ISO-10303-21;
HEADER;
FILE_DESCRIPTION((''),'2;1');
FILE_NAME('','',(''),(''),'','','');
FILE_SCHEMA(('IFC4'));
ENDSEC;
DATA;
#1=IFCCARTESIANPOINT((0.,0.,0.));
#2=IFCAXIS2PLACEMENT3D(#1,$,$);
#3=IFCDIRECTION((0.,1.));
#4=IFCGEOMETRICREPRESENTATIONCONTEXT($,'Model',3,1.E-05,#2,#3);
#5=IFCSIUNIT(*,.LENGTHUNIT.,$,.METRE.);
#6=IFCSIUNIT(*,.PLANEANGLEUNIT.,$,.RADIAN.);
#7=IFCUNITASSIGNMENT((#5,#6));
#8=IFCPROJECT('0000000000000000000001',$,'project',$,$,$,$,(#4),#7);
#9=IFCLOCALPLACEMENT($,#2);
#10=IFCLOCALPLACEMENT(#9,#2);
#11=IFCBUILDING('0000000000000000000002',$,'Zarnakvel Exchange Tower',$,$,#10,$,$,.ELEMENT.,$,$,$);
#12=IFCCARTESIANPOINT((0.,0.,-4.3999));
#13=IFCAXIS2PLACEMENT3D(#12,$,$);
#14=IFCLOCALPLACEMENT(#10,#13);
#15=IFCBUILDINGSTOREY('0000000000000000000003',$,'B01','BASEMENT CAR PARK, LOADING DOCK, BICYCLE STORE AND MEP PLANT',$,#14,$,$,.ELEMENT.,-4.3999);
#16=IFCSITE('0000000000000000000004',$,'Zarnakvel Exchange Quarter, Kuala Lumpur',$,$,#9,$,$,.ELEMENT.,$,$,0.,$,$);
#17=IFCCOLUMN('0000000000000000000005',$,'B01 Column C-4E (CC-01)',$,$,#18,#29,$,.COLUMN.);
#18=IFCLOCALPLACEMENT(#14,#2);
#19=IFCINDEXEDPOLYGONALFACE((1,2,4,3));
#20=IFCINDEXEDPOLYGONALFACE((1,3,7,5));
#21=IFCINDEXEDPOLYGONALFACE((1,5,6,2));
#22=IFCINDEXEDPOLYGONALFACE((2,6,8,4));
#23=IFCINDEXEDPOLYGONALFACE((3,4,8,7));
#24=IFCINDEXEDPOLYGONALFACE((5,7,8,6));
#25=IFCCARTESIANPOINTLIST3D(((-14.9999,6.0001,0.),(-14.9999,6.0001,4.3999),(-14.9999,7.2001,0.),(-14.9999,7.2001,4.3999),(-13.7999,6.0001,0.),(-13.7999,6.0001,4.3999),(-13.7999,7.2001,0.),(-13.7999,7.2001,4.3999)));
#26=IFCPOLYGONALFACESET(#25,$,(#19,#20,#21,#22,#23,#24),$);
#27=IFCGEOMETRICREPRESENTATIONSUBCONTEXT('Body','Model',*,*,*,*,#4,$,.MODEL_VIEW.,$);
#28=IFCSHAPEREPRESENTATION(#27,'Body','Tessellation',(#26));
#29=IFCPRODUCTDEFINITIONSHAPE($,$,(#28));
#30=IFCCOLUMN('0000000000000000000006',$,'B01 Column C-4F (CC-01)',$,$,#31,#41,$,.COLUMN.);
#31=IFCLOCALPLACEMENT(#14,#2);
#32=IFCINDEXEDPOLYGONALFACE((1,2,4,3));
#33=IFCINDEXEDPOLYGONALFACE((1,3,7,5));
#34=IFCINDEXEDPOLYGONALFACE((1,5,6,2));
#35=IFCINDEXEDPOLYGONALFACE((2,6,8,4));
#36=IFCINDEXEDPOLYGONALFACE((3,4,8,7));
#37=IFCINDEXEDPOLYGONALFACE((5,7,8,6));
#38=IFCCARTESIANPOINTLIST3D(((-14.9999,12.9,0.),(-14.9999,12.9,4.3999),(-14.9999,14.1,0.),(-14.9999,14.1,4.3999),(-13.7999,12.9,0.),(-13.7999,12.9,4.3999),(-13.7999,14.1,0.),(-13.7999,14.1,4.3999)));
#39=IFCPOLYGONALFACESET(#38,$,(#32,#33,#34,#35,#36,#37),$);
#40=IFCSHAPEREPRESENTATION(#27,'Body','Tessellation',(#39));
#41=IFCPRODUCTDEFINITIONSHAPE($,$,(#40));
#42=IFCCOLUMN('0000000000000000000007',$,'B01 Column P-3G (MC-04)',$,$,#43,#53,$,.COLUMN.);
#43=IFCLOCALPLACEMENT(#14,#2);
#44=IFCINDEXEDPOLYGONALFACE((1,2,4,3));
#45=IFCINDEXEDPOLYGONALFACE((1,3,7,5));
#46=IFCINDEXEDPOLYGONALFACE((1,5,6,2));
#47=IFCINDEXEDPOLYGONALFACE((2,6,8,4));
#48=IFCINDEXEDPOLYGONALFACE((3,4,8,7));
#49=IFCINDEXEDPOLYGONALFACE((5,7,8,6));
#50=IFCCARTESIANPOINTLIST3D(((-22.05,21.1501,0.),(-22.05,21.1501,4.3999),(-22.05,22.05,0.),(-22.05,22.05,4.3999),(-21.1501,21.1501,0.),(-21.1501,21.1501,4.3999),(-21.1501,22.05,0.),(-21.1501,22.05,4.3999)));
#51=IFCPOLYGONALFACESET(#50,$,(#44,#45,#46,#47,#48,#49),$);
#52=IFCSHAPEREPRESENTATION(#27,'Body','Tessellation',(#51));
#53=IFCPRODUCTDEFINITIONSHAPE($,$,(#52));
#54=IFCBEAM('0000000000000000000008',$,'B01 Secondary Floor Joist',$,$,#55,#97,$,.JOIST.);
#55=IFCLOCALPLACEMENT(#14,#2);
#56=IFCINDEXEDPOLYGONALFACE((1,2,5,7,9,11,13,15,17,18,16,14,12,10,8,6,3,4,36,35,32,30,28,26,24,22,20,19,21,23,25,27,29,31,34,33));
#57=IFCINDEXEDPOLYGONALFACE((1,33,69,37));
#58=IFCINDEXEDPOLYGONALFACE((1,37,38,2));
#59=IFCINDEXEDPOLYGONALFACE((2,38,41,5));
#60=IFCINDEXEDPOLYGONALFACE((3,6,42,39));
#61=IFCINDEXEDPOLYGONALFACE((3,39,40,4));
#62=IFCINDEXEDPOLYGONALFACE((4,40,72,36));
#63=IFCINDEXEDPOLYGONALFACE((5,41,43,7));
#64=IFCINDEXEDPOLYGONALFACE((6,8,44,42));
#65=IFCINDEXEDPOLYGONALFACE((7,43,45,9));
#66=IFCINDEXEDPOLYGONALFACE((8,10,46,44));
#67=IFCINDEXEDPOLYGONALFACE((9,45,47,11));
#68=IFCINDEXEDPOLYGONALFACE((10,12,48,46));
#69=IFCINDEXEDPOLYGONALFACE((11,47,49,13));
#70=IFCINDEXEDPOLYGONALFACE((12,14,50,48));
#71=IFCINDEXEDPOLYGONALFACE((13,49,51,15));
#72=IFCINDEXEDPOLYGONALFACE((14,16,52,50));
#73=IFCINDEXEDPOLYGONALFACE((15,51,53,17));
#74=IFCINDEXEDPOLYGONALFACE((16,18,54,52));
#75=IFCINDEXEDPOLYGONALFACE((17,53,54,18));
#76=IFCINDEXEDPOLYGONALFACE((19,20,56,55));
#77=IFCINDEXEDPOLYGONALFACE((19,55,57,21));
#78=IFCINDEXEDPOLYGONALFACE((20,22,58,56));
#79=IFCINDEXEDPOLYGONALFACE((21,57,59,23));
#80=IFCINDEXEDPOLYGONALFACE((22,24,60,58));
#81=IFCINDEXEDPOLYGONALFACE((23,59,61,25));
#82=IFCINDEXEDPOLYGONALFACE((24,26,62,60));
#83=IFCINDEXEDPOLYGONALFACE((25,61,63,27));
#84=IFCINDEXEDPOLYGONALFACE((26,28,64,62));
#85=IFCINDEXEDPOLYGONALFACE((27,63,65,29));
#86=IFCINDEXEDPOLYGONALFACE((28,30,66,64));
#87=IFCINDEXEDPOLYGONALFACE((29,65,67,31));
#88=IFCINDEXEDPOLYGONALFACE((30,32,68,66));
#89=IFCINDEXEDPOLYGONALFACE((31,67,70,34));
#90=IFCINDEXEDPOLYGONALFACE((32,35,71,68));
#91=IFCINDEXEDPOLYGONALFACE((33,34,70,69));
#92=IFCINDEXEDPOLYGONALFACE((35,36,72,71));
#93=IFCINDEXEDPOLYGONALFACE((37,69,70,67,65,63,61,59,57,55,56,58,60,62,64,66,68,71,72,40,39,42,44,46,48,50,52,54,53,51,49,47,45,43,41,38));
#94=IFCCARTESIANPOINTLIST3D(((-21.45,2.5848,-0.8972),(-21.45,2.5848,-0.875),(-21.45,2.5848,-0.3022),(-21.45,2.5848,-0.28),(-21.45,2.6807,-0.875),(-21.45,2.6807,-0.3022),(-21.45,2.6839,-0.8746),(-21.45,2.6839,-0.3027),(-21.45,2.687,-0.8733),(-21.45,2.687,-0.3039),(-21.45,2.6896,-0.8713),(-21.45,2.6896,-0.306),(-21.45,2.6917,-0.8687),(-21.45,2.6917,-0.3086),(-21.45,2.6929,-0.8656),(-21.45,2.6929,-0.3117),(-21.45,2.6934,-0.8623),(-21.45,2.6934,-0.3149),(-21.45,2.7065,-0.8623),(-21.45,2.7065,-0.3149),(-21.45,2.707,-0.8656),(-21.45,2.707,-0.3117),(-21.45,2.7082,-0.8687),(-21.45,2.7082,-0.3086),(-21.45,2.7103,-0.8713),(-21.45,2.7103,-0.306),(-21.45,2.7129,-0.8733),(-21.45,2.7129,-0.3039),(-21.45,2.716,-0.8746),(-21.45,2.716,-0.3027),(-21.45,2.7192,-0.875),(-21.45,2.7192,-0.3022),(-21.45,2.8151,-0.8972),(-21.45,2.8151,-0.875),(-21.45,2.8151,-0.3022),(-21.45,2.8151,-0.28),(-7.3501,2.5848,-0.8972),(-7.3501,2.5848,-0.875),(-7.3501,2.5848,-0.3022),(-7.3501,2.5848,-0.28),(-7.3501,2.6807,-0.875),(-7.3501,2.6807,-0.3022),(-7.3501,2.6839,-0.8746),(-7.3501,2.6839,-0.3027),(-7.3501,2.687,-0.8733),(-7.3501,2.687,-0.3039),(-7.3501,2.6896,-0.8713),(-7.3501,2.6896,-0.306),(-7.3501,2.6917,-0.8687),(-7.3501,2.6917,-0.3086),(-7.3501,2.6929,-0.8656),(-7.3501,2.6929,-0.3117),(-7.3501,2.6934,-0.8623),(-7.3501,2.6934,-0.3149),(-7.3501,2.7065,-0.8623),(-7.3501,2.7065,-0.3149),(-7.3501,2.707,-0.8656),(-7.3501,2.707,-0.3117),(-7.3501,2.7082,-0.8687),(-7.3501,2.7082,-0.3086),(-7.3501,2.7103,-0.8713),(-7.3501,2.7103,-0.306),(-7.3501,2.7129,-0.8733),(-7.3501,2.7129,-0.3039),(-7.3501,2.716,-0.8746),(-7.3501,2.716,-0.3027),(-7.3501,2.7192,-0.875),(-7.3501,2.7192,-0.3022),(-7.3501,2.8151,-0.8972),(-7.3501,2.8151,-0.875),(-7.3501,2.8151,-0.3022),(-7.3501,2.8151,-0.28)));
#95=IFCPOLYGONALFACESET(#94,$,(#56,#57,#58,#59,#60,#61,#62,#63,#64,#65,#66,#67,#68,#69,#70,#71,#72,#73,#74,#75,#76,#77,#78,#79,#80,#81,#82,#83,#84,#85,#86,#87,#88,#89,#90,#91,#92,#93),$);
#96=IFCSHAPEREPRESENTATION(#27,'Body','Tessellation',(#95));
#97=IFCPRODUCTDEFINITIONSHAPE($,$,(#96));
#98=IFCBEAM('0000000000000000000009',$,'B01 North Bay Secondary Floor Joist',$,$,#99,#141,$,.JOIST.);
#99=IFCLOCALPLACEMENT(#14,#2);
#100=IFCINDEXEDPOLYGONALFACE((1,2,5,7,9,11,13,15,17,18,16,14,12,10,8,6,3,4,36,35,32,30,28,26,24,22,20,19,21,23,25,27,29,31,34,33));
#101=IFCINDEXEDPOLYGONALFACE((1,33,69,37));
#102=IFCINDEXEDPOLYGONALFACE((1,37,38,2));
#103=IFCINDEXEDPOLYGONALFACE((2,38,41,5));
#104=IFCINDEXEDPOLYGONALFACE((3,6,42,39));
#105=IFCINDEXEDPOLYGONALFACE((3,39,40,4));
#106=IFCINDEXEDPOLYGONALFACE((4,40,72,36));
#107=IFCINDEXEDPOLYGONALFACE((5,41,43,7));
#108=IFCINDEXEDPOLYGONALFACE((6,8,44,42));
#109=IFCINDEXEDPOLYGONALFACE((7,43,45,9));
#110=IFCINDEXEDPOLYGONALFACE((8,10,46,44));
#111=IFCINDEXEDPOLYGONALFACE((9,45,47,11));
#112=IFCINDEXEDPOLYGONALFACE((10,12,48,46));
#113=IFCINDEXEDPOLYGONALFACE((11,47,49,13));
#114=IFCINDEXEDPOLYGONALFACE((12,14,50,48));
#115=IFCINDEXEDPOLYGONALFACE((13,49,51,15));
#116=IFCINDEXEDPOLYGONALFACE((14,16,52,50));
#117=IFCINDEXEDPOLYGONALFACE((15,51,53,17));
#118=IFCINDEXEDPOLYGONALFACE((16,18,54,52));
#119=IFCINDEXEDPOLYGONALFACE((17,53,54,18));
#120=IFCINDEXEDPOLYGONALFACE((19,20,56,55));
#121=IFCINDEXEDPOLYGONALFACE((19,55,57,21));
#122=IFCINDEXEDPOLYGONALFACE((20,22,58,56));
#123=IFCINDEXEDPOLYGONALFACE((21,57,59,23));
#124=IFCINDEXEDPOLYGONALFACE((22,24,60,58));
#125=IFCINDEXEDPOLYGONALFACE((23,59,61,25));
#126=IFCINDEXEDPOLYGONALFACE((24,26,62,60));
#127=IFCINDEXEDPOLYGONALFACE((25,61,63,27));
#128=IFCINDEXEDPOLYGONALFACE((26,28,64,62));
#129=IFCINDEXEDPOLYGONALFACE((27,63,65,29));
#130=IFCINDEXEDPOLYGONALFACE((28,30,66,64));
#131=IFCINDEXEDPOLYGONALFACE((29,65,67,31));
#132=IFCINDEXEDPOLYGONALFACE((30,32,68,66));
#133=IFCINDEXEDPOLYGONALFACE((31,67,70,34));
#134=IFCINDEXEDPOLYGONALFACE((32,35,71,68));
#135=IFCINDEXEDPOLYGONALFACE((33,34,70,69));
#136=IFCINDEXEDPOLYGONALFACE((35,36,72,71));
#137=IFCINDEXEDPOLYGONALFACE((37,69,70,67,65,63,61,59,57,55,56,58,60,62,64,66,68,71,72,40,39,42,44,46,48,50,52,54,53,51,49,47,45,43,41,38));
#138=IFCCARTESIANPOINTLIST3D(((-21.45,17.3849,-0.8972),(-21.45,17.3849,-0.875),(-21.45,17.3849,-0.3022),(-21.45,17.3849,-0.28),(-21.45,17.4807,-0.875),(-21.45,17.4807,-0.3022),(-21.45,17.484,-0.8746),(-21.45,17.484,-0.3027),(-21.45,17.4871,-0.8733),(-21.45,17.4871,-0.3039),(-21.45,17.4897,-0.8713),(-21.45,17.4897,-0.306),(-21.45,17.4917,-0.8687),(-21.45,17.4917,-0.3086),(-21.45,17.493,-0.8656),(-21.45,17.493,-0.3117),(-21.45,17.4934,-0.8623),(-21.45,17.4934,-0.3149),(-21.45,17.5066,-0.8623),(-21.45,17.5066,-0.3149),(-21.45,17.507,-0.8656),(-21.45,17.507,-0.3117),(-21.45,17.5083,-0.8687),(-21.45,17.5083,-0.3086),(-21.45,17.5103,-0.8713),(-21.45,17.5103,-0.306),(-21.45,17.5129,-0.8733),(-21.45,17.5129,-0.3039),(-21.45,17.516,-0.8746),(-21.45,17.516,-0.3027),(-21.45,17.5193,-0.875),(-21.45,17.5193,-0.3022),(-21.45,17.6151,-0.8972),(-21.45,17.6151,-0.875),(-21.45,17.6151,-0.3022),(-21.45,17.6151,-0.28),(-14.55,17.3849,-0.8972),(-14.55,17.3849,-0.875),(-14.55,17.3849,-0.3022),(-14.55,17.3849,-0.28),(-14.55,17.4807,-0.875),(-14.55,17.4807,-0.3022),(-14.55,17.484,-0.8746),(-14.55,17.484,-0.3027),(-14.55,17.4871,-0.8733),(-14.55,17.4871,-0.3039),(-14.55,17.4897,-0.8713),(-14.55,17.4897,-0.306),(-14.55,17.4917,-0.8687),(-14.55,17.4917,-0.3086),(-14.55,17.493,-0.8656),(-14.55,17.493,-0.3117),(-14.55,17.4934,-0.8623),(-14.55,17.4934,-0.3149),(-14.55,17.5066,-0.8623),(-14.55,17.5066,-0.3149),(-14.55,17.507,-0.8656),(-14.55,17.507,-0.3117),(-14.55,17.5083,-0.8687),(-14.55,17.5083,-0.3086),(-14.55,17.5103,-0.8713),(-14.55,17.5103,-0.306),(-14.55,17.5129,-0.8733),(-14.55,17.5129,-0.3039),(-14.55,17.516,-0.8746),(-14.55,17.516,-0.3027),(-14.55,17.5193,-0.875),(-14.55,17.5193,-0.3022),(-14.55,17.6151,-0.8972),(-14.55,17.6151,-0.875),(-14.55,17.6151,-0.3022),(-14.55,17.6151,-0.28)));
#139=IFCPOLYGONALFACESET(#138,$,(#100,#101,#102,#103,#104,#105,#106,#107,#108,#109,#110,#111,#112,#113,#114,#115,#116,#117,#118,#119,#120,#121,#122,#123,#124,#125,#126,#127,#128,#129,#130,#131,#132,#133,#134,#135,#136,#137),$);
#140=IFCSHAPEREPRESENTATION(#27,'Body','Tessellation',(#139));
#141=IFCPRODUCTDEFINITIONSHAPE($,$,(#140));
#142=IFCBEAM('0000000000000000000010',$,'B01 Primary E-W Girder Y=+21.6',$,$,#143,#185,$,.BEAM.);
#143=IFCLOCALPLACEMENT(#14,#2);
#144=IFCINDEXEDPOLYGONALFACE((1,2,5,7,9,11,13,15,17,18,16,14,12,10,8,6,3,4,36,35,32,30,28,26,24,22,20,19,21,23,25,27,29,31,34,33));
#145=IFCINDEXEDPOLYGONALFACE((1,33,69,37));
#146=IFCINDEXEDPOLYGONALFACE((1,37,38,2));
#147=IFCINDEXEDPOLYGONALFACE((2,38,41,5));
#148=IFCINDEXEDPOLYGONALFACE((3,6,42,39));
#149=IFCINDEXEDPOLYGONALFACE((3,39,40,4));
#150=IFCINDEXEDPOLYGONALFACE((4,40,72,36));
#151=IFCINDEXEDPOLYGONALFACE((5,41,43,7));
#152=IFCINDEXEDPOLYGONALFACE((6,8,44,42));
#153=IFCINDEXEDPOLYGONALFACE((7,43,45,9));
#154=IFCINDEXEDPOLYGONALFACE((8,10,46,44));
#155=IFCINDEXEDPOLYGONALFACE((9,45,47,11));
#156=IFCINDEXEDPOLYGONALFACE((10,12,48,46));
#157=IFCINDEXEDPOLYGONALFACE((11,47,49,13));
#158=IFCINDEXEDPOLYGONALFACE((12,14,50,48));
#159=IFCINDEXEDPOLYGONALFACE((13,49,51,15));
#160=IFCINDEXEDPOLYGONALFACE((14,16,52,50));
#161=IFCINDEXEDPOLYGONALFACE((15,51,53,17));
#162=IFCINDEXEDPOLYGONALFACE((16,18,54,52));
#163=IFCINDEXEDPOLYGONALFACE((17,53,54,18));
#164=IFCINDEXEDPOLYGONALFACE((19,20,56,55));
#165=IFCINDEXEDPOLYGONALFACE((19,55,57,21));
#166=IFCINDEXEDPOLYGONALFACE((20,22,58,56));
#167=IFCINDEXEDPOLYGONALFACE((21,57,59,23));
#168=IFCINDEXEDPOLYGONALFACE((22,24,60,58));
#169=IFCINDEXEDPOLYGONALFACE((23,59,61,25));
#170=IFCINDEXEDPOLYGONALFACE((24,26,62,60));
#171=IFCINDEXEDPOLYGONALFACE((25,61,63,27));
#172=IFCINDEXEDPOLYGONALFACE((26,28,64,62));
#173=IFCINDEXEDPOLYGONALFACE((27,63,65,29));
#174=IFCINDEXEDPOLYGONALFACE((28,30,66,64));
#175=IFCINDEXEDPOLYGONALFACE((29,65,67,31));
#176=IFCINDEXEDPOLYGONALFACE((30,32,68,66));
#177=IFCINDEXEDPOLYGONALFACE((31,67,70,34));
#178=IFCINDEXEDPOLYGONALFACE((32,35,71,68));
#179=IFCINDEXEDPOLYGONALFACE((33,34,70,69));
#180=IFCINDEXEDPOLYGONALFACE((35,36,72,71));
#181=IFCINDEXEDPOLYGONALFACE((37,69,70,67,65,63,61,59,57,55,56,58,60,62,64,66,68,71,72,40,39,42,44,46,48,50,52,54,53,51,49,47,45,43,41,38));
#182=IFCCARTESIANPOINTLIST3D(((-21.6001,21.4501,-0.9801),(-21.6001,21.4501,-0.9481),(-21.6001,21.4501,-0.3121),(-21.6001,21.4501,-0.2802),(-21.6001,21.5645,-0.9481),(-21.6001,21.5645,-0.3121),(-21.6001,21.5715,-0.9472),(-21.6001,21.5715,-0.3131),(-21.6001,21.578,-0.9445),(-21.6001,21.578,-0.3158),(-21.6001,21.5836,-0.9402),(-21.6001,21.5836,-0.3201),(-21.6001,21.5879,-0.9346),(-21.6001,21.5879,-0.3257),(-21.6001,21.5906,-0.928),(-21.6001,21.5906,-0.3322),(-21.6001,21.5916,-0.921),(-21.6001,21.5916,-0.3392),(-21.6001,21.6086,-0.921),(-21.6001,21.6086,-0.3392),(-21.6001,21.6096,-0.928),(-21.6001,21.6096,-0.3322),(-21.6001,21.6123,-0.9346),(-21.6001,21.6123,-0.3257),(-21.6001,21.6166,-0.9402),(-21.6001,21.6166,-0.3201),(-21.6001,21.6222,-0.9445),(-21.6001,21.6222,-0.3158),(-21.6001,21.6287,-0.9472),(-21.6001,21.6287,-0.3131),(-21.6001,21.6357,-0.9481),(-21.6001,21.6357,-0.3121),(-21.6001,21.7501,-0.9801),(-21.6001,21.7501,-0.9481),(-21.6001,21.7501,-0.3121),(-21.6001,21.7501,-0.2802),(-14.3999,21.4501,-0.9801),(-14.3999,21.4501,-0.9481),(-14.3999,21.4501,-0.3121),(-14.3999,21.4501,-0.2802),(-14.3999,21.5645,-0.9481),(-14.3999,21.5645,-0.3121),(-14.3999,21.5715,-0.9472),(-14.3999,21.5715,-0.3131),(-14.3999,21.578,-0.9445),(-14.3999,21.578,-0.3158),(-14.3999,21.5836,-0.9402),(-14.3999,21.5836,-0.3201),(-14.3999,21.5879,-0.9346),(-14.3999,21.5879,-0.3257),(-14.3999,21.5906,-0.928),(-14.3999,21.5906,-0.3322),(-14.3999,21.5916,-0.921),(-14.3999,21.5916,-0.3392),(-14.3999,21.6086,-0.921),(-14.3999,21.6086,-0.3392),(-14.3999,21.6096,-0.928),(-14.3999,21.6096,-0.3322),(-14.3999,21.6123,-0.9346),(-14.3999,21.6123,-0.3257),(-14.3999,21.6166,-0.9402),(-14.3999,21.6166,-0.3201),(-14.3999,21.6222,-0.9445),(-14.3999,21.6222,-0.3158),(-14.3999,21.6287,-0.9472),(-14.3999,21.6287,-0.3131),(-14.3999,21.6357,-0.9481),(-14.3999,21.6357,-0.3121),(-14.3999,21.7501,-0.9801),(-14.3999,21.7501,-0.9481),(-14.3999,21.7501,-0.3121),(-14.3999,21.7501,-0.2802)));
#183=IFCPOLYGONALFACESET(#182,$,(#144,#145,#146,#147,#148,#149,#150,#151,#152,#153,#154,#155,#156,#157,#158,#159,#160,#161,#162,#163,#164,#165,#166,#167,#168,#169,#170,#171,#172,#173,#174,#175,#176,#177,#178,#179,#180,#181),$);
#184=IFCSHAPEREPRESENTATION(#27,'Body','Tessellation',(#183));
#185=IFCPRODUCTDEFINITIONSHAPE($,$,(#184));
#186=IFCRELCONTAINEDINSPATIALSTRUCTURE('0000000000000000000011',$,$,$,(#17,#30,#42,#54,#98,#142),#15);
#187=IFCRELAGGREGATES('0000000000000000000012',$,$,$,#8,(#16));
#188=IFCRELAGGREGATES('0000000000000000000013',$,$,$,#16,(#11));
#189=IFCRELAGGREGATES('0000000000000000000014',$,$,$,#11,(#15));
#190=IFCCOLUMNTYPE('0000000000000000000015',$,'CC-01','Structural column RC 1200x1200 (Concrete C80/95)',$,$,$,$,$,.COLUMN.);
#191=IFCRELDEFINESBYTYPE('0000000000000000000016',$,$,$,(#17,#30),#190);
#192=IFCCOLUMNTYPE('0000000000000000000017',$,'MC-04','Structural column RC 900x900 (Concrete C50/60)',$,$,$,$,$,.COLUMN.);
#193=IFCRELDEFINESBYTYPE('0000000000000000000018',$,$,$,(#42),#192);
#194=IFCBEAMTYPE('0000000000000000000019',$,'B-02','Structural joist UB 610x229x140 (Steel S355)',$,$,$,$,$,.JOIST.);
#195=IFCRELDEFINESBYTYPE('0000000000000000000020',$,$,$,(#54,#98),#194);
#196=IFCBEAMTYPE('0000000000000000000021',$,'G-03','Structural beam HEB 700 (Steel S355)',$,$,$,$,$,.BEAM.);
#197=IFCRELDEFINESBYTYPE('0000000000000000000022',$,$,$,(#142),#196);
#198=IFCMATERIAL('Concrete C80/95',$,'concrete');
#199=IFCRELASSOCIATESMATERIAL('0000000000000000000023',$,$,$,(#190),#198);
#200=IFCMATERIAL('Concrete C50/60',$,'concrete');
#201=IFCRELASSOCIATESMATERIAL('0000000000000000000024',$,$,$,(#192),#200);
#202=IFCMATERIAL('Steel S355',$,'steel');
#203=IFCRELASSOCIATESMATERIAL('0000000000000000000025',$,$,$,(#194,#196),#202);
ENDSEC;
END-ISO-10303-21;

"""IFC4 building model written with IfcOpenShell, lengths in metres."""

from ifc_helpers import new_model, si_unit, direction, frame, origin, origin_2d, place, context, subcontext, project, spatial, rectangle, i_section, extrude, material, material_profile, profile_set, type_object, element, save


model = new_model("IFC4")

# Units and contexts
model_context = context("Model", 3, precision=1e-05, world=origin(), true_north=direction((0.0, 1.0)))
body_context = subcontext(model_context, "Body", "Model", "MODEL_VIEW")
ifc_project = project(units=[si_unit("LENGTHUNIT", "METRE"), si_unit("PLANEANGLEUNIT", "RADIAN")], contexts=[model_context])

# Site, building, storey
site_placement = place(None, origin())
site = spatial("IfcSite", under=ifc_project, at=site_placement, Name="Zarnakvel Exchange Quarter, Kuala Lumpur", CompositionType="ELEMENT", RefElevation=0.0)
building_placement = place(site_placement, origin())
building = spatial("IfcBuilding", under=site, at=building_placement, Name="Zarnakvel Exchange Tower", CompositionType="ELEMENT")
storey_placement = place(building_placement, frame((0.0, 0.0, -4.3999)))
storey = spatial("IfcBuildingStorey", under=building, at=storey_placement, Name="B01", Description="BASEMENT CAR PARK, LOADING DOCK, BICYCLE STORE AND MEP PLANT", CompositionType="ELEMENT", Elevation=-4.3999)

# Columns
ifc_material_1 = material(Name="Concrete C80/95", Category="concrete")
ifc_material_profile_1 = material_profile(ifc_material_1, rectangle(XDim=1.2, YDim=1.2, at=origin_2d()))
ifc_profile_set_1 = profile_set([ifc_material_profile_1], Name="Concrete C80/95")
column_type_1 = type_object("IfcColumnType", Name="CC-01", Description="Structural column RC 1200x1200 (Concrete C80/95)", PredefinedType="COLUMN", material=ifc_profile_set_1)
for number, where, z_axis, x_axis, name in (
    (1, (-14.3999, 6.6001, 0.0), (0.0, 0.0, 1.0), (1.0, 0.0, 0.0), "B01 Column C-4E (CC-01)"),
    (2, (-14.3999, 13.5, 0.0), (0.0, 0.0, 1.0), (1.0, 0.0, 0.0), "B01 Column C-4F (CC-01)"),
):
    element("IfcColumn", number, at=place(storey_placement, frame(where, z_axis=z_axis, x_axis=x_axis)), inside=storey, type_object=column_type_1, Name=name, PredefinedType="COLUMN", context=body_context, shape_type="SweptSolid", body=[
        extrude(rectangle(XDim=1.2, YDim=1.2, at=origin_2d()), origin(), (0.0, 0.0, 1.0), 4.3999),
    ])
ifc_material_2 = material(Name="Concrete C50/60", Category="concrete")
ifc_material_profile_2 = material_profile(ifc_material_2, rectangle(XDim=0.8999, YDim=0.8999, at=origin_2d()))
ifc_profile_set_2 = profile_set([ifc_material_profile_2], Name="Concrete C50/60")
column_type_2 = type_object("IfcColumnType", Name="MC-04", Description="Structural column RC 900x900 (Concrete C50/60)", PredefinedType="COLUMN", material=ifc_profile_set_2)
column_placement = place(storey_placement, frame((-21.6001, 21.6001, 0.0), z_axis=(0.0, 0.0, 1.0), x_axis=(1.0, 0.0, 0.0)))
element("IfcColumn", 3, at=column_placement, inside=storey, type_object=column_type_2, Name="B01 Column P-3G (MC-04)", PredefinedType="COLUMN", context=body_context, shape_type="SweptSolid", body=[
    extrude(rectangle(XDim=0.8999, YDim=0.8999, at=origin_2d()), origin(), (0.0, 0.0, 1.0), 4.3999),
])

# Beams
ifc_material_3 = material(Name="Steel S355", Category="steel")
ifc_material_profile_3 = material_profile(ifc_material_3, i_section(OverallWidth=0.2302, OverallDepth=0.6172, WebThickness=0.0132, FlangeThickness=0.0222, FilletRadius=0.0127, at=origin_2d()))
ifc_profile_set_3 = profile_set([ifc_material_profile_3], Name="Steel S355")
beam_type_1 = type_object("IfcBeamType", Name="B-02", Description="Structural joist UB 610x229x140 (Steel S355)", PredefinedType="JOIST", material=ifc_profile_set_3)
beam_1_placement = place(storey_placement, frame((-21.45, 2.7, -0.5886), z_axis=(1.0, 0.0, 0.0), x_axis=(0.0, 1.0, 0.0)))
element("IfcBeam", 4, at=beam_1_placement, inside=storey, type_object=beam_type_1, Name="B01 Secondary Floor Joist", PredefinedType="JOIST", context=body_context, shape_type="SweptSolid", body=[
    extrude(i_section(OverallWidth=0.2302, OverallDepth=0.6172, WebThickness=0.0132, FlangeThickness=0.0222, FilletRadius=0.0127, at=origin_2d()), origin(), (0.0, 0.0, 1.0), 14.0999),
])
beam_2_placement = place(storey_placement, frame((-21.45, 17.5, -0.5886), z_axis=(1.0, 0.0, 0.0), x_axis=(0.0, 1.0, 0.0)))
element("IfcBeam", 5, at=beam_2_placement, inside=storey, type_object=beam_type_1, Name="B01 North Bay Secondary Floor Joist", PredefinedType="JOIST", context=body_context, shape_type="SweptSolid", body=[
    extrude(i_section(OverallWidth=0.2302, OverallDepth=0.6172, WebThickness=0.0132, FlangeThickness=0.0222, FilletRadius=0.0127, at=origin_2d()), origin(), (0.0, 0.0, 1.0), 6.8999),
])
ifc_material_profile_4 = material_profile(ifc_material_3, i_section(OverallWidth=0.3, OverallDepth=0.7, WebThickness=0.0171, FlangeThickness=0.032, FilletRadius=0.0271, at=origin_2d()))
ifc_profile_set_4 = profile_set([ifc_material_profile_4], Name="Steel S355")
beam_type_2 = type_object("IfcBeamType", Name="G-03", Description="Structural beam HEB 700 (Steel S355)", PredefinedType="BEAM", material=ifc_profile_set_4)
beam_3_placement = place(storey_placement, frame((-21.6001, 21.6001, -0.6301), z_axis=(1.0, 0.0, 0.0), x_axis=(0.0, 1.0, 0.0)))
element("IfcBeam", 6, at=beam_3_placement, inside=storey, type_object=beam_type_2, Name="B01 Primary E-W Girder Y=+21.6", PredefinedType="BEAM", context=body_context, shape_type="SweptSolid", body=[
    extrude(i_section(OverallWidth=0.3, OverallDepth=0.7, WebThickness=0.0171, FlangeThickness=0.032, FilletRadius=0.0271, at=origin_2d()), origin(), (0.0, 0.0, 1.0), 7.2002),
])

save(model, "model.ifc")
